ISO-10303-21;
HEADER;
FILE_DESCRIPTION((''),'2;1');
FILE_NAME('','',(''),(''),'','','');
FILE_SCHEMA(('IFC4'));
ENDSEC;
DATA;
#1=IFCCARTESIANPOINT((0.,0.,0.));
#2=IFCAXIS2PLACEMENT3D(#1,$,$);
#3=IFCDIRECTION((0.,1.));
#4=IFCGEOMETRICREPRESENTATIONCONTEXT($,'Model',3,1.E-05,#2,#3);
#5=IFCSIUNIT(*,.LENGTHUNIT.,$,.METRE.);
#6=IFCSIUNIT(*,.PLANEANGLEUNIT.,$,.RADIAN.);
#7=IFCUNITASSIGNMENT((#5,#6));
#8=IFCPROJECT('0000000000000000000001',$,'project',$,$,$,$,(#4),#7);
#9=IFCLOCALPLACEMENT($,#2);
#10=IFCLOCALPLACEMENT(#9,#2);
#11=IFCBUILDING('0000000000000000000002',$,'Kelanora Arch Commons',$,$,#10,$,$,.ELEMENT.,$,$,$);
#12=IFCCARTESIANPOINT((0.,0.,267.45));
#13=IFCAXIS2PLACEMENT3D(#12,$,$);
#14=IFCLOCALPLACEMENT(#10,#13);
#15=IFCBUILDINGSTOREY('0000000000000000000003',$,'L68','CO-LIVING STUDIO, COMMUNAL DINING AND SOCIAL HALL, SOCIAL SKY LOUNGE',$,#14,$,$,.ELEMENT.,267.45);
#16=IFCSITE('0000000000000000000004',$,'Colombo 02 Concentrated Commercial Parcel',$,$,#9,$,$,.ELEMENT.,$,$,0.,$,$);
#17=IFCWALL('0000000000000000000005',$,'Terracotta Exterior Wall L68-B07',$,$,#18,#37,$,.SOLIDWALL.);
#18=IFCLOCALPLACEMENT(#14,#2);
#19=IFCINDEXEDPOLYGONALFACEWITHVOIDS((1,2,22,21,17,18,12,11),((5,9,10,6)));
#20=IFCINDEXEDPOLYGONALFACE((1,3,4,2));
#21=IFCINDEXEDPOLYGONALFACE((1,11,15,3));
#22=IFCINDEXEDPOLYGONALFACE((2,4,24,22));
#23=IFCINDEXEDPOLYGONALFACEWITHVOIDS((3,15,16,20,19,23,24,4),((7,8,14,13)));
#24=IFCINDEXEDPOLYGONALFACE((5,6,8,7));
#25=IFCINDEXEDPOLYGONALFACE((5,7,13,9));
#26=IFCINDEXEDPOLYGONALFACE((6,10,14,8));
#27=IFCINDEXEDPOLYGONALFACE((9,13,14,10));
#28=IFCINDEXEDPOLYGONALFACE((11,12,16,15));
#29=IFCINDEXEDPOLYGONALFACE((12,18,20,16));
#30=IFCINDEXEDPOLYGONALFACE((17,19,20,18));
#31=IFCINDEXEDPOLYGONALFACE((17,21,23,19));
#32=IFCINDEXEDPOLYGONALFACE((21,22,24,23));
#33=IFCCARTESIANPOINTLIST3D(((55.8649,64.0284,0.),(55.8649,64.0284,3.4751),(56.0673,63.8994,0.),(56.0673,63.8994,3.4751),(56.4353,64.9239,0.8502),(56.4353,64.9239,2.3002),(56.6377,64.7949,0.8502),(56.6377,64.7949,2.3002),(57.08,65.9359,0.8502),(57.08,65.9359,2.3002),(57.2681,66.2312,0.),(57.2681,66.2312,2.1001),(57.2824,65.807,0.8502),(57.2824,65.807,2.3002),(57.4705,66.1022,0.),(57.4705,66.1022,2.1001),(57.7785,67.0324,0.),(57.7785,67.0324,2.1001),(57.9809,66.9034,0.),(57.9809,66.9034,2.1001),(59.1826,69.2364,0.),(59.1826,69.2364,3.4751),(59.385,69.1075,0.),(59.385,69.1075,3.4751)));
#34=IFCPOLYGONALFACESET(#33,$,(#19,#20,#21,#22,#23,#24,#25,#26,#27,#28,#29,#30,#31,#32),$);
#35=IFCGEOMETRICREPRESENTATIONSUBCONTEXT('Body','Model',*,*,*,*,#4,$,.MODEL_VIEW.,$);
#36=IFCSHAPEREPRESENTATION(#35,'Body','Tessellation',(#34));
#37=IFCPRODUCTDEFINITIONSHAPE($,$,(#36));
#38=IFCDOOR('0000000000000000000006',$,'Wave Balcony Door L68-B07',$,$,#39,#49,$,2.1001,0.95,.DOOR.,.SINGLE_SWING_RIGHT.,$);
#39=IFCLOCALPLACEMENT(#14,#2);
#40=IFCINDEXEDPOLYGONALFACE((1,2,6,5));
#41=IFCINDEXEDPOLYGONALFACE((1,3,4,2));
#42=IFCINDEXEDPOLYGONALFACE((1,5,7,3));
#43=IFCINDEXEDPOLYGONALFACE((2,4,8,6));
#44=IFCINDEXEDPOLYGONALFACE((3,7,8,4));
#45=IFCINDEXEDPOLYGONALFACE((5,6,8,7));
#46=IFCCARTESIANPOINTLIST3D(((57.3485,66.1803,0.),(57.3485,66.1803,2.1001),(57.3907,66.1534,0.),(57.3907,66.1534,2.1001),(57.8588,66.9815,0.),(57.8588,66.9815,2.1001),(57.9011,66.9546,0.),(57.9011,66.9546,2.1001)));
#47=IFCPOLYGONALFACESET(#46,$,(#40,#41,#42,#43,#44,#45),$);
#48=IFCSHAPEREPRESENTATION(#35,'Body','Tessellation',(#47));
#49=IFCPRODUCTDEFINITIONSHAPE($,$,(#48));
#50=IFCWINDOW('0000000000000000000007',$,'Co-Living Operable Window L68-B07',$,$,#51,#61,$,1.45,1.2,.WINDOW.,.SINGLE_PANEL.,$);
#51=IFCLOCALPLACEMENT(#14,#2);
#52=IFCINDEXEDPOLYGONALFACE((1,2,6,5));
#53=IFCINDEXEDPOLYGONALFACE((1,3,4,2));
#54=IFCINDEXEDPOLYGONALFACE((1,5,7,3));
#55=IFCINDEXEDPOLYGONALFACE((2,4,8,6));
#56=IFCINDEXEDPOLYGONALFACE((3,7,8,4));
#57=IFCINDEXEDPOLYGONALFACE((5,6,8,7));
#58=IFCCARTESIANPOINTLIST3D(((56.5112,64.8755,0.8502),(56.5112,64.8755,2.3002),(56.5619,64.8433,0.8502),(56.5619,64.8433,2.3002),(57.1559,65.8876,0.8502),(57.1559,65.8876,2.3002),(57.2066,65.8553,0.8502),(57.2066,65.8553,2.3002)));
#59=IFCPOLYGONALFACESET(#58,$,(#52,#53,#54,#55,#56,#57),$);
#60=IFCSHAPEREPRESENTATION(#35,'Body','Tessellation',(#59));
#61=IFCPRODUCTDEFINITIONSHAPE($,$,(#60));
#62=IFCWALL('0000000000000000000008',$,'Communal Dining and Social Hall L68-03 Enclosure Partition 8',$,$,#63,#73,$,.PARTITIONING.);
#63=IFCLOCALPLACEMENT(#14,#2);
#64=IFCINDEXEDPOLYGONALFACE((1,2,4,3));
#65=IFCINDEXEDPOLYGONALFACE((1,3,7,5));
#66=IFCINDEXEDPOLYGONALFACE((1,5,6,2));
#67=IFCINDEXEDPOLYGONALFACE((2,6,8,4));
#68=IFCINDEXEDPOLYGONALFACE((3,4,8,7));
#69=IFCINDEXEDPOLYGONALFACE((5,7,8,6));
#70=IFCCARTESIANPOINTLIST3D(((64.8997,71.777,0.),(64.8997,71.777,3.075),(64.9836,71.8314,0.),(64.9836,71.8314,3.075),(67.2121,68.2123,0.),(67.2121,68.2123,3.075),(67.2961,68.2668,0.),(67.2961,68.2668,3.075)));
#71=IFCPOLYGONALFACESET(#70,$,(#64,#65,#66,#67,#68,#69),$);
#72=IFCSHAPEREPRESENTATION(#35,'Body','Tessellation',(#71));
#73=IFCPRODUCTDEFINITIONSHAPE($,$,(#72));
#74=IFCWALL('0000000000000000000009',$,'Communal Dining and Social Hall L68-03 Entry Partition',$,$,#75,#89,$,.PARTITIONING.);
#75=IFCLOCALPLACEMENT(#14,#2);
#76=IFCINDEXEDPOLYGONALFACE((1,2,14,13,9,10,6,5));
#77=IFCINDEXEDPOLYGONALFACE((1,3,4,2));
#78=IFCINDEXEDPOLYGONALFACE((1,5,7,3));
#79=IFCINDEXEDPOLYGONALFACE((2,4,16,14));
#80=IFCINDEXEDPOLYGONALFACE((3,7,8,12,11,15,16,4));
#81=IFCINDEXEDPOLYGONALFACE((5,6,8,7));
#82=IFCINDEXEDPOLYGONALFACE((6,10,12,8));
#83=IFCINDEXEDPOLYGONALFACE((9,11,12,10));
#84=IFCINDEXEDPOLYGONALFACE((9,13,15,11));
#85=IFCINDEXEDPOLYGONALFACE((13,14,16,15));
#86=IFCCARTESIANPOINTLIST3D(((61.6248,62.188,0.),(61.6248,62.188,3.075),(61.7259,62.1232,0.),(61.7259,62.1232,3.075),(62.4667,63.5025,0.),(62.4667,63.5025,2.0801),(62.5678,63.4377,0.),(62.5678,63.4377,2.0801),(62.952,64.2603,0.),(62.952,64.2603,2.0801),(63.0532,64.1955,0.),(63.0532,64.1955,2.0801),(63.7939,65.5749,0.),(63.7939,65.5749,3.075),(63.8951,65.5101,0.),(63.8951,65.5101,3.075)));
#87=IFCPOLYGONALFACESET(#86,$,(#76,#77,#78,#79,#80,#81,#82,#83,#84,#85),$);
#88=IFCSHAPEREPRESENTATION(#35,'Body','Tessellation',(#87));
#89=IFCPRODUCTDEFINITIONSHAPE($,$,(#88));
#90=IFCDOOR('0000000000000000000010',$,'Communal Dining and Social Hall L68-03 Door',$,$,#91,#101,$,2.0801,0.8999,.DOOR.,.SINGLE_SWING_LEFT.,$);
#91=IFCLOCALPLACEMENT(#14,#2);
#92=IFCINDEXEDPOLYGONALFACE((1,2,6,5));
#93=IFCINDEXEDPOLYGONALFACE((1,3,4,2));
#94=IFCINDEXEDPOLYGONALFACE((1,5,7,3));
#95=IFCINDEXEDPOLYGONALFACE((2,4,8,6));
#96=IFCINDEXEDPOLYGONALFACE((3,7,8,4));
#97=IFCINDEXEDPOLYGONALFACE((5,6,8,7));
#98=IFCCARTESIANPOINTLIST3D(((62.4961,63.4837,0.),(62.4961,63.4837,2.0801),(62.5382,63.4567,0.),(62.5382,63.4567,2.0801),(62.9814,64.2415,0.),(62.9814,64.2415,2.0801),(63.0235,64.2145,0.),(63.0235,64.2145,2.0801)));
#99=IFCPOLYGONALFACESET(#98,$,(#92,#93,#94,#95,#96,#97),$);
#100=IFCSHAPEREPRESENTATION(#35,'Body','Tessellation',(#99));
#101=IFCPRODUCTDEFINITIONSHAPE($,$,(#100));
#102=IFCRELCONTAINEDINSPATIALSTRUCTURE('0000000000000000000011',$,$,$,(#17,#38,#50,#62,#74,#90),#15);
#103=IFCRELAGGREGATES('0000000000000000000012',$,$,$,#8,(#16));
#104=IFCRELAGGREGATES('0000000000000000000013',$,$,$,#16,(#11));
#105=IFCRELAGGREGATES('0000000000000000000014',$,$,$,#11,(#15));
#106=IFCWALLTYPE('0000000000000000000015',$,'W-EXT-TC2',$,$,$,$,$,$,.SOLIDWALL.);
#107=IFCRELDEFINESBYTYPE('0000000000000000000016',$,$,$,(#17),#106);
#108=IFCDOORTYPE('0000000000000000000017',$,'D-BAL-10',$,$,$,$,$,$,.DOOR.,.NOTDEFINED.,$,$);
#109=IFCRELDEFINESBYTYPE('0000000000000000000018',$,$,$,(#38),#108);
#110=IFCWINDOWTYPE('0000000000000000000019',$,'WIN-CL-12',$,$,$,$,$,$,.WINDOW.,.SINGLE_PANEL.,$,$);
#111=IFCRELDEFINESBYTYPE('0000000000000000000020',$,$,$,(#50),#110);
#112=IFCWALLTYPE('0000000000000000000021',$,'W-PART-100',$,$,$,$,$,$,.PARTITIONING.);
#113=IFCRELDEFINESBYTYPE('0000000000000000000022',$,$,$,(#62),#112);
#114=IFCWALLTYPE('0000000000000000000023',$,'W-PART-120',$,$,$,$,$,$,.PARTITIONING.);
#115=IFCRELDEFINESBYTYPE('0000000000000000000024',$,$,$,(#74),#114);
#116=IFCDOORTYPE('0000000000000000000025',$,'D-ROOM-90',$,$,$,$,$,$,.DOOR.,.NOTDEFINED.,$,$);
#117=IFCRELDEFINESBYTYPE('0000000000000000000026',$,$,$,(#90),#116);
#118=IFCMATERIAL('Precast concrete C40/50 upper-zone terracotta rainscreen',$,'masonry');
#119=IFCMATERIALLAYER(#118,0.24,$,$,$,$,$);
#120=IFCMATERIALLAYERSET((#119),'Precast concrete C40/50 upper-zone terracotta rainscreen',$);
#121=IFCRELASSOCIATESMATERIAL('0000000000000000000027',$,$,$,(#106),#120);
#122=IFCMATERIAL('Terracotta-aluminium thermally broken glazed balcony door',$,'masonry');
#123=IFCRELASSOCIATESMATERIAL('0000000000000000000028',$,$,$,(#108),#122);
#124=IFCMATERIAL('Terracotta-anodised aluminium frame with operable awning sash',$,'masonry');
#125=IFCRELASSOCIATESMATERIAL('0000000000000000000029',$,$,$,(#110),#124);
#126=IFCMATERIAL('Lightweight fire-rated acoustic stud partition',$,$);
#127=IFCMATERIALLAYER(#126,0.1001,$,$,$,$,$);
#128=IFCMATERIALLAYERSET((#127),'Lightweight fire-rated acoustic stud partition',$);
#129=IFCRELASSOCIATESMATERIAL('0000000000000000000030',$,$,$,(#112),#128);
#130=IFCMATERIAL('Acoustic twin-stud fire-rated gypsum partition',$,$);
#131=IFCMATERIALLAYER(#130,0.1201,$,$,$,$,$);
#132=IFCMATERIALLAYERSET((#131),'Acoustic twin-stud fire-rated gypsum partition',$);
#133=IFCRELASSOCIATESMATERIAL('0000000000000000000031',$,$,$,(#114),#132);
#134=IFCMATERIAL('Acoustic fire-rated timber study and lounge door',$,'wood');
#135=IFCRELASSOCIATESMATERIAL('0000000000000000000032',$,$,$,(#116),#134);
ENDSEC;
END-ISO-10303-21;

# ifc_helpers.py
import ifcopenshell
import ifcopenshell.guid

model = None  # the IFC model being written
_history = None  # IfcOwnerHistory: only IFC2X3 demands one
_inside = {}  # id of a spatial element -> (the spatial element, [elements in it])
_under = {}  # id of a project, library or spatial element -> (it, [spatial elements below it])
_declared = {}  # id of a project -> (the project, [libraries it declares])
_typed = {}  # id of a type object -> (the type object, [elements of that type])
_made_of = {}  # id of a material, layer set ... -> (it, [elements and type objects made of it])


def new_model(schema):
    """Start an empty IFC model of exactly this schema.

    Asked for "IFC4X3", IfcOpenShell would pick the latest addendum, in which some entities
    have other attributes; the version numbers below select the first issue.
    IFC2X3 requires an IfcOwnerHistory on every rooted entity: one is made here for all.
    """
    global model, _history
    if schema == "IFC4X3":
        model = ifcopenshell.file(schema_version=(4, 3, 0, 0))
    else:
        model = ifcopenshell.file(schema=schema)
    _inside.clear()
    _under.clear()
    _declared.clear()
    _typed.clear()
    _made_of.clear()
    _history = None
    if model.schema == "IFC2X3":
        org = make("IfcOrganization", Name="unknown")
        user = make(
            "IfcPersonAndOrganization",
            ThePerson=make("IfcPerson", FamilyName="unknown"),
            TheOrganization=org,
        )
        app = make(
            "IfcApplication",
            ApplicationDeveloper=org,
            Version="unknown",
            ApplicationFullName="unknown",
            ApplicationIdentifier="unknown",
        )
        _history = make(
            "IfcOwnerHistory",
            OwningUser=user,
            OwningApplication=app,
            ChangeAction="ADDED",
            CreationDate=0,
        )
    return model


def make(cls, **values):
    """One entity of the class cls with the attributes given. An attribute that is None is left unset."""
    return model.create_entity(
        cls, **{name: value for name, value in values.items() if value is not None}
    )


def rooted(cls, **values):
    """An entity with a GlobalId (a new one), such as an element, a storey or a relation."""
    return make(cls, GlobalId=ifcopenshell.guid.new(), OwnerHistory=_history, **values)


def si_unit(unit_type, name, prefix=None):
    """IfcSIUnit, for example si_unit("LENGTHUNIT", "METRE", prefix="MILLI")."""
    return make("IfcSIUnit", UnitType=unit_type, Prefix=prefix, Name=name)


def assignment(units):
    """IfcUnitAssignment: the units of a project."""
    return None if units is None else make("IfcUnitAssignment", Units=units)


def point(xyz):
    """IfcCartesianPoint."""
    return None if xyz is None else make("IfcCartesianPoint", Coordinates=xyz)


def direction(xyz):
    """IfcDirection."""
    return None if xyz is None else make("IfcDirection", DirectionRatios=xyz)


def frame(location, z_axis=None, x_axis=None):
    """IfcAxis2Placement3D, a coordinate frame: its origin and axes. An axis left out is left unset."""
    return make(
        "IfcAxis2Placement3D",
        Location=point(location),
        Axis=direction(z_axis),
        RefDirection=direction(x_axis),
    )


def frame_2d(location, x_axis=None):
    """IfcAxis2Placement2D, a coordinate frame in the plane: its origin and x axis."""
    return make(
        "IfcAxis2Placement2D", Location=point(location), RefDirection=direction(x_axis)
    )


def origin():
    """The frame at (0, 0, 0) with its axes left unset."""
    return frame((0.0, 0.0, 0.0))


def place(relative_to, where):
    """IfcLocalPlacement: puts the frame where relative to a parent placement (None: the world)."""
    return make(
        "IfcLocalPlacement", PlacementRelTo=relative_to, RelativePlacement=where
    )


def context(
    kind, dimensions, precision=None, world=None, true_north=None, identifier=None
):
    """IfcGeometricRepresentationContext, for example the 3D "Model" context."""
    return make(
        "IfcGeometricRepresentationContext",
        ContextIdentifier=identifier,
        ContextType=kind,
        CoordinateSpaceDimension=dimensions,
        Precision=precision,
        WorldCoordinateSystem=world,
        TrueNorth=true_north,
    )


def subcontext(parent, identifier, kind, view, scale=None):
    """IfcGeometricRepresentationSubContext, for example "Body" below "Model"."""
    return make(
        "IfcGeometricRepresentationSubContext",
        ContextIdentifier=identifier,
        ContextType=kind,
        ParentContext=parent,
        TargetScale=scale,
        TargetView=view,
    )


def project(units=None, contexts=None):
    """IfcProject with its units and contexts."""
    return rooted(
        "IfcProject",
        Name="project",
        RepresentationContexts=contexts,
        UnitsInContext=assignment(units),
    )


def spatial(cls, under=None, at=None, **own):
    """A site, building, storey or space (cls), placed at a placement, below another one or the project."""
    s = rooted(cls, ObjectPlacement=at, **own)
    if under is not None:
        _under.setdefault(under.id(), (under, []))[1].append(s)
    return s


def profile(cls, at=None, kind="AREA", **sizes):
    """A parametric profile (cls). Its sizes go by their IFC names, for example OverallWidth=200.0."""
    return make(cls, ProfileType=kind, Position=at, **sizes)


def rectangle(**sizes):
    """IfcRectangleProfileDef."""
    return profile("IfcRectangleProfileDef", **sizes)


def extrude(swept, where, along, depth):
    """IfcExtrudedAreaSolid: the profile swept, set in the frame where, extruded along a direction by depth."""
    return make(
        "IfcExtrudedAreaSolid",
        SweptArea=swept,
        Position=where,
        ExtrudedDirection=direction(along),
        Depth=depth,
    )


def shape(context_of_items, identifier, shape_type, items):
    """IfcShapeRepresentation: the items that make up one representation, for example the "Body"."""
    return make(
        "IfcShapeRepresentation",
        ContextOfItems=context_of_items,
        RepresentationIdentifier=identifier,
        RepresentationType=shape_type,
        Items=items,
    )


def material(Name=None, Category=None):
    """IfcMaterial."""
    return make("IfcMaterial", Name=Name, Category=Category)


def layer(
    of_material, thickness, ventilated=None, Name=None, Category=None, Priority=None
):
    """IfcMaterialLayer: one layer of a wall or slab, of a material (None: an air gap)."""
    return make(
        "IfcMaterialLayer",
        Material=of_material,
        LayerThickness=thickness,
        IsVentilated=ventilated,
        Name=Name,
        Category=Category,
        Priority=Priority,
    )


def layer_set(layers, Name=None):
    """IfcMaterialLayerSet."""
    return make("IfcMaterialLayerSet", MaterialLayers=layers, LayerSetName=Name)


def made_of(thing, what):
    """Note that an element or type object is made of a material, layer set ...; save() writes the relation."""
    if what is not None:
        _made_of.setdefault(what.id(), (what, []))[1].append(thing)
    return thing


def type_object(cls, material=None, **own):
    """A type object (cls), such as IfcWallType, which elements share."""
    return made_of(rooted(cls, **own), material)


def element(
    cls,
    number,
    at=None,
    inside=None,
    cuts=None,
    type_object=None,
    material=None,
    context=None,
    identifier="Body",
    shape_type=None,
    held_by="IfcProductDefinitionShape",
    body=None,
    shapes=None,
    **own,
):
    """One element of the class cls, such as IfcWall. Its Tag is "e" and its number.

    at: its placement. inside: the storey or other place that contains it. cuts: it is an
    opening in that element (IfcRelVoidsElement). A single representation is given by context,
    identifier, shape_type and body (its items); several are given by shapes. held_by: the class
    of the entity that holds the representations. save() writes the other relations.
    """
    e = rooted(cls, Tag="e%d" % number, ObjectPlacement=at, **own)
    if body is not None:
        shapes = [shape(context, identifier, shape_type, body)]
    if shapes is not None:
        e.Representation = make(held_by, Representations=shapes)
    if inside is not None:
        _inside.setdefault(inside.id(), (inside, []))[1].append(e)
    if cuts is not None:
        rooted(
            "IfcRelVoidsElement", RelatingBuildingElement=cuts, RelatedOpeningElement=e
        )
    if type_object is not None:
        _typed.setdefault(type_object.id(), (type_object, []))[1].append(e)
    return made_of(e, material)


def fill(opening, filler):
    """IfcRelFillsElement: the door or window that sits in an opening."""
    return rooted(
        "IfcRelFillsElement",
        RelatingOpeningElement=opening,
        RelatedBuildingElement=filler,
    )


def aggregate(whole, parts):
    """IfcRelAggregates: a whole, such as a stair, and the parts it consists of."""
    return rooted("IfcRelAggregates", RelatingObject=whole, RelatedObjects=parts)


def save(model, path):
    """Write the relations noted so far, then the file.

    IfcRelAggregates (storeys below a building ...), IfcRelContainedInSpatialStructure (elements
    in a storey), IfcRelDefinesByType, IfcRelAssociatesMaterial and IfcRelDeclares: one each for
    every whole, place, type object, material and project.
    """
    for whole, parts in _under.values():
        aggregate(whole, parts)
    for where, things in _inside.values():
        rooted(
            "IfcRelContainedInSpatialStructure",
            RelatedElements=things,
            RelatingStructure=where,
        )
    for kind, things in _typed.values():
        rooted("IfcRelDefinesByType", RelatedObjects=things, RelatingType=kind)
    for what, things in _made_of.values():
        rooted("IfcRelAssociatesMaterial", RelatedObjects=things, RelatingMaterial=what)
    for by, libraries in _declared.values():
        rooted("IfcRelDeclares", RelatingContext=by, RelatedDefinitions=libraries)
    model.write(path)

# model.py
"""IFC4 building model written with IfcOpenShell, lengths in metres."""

from ifc_helpers import new_model, si_unit, direction, frame, frame_2d, origin, place, context, subcontext, project, spatial, rectangle, extrude, material, layer, layer_set, type_object, element, fill, save


model = new_model("IFC4")

# Units and contexts
model_context = context("Model", 3, precision=1e-05, world=origin(), true_north=direction((0.0, 1.0)))
body_context = subcontext(model_context, "Body", "Model", "MODEL_VIEW")
ifc_project = project(units=[si_unit("LENGTHUNIT", "METRE"), si_unit("PLANEANGLEUNIT", "RADIAN")], contexts=[model_context])

# Site, building, storey
site_placement = place(None, origin())
site = spatial("IfcSite", under=ifc_project, at=site_placement, Name="Colombo 02 Concentrated Commercial Parcel", CompositionType="ELEMENT", RefElevation=0.0)
building_placement = place(site_placement, origin())
building = spatial("IfcBuilding", under=site, at=building_placement, Name="Kelanora Arch Commons", CompositionType="ELEMENT")
storey_placement = place(building_placement, frame((0.0, 0.0, 267.45)))
storey = spatial("IfcBuildingStorey", under=building, at=storey_placement, Name="L68", Description="CO-LIVING STUDIO, COMMUNAL DINING AND SOCIAL HALL, SOCIAL SKY LOUNGE", CompositionType="ELEMENT", Elevation=267.45)

# Shared definitions
ifc_material_1 = material(Name="Precast concrete C40/50 upper-zone terracotta rainscreen", Category="masonry")
ifc_layer_1 = layer(ifc_material_1, 0.24)
ifc_layer_set_1 = layer_set([ifc_layer_1], Name="Precast concrete C40/50 upper-zone terracotta rainscreen")
wall_type_1 = type_object("IfcWallType", Name="W-EXT-TC2", PredefinedType="SOLIDWALL", material=ifc_layer_set_1)

# Wall, openings, door, window
wall_1_placement = place(storey_placement, frame((59.2837, 69.1719, 0.0), z_axis=(0.0, 0.0, 1.0), x_axis=(-0.537272, -0.843409, 0.0)))
wall_1 = element("IfcWall", 1, at=wall_1_placement, inside=storey, type_object=wall_type_1, Name="Terracotta Exterior Wall L68-B07", PredefinedType="SOLIDWALL", context=body_context, shape_type="SweptSolid", body=[
    extrude(rectangle(XDim=6.175, YDim=0.24, at=frame_2d((3.0874, 0.0))), origin(), (0.0, 0.0, 1.0), 3.4751),
])
opening_1_placement = place(wall_1_placement, frame((2.613, 0.0, 0.0)))
opening_1 = element("IfcOpeningElement", 2, at=opening_1_placement, cuts=wall_1, PredefinedType="OPENING", context=body_context, shape_type="SweptSolid", body=[
    extrude(rectangle(XDim=0.95, YDim=2.1001, at=frame_2d((0.4751, 1.05))), frame((0.0, 0.1299, 0.0), z_axis=(0.0, -1.0, 0.0), x_axis=(1.0, 0.0, 0.0)), (0.0, 0.0, 1.0), 0.26),
])
opening_2_placement = place(wall_1_placement, frame((3.9131, 0.0, 0.8501)))
opening_2 = element("IfcOpeningElement", 3, at=opening_2_placement, cuts=wall_1, PredefinedType="OPENING", context=body_context, shape_type="SweptSolid", body=[
    extrude(rectangle(XDim=1.2, YDim=1.45, at=frame_2d((0.6001, 0.7251))), frame((0.0, 0.1299, 0.0), z_axis=(0.0, -1.0, 0.0), x_axis=(1.0, 0.0, 0.0)), (0.0, 0.0, 1.0), 0.26),
])
ifc_material_2 = material(Name="Terracotta-aluminium thermally broken glazed balcony door", Category="masonry")
door_type_1 = type_object("IfcDoorType", Name="D-BAL-10", OperationType="NOTDEFINED", PredefinedType="DOOR", material=ifc_material_2)
door_1_placement = place(opening_1_placement, frame((0.95, 0.0, 0.0), z_axis=(0.0, 0.0, 1.0), x_axis=(-1.0, 0.0, 0.0)))
door_1 = element("IfcDoor", 4, at=door_1_placement, inside=storey, type_object=door_type_1, Name="Wave Balcony Door L68-B07", OperationType="SINGLE_SWING_RIGHT", OverallHeight=2.1001, OverallWidth=0.95, PredefinedType="DOOR", context=body_context, shape_type="SweptSolid", body=[
    extrude(rectangle(XDim=0.95, YDim=2.1001, at=frame_2d((0.4751, 1.05))), frame((0.0, 0.0249, 0.0), z_axis=(0.0, -1.0, 0.0), x_axis=(1.0, 0.0, 0.0)), (0.0, 0.0, 1.0), 0.05),
])
fill(opening_1, door_1)
ifc_material_3 = material(Name="Terracotta-anodised aluminium frame with operable awning sash", Category="masonry")
window_type_1 = type_object("IfcWindowType", Name="WIN-CL-12", PartitioningType="SINGLE_PANEL", PredefinedType="WINDOW", material=ifc_material_3)
window_1_placement = place(opening_2_placement, origin())
window_1 = element("IfcWindow", 5, at=window_1_placement, inside=storey, type_object=window_type_1, Name="Co-Living Operable Window L68-B07", OverallHeight=1.45, OverallWidth=1.2, PartitioningType="SINGLE_PANEL", PredefinedType="WINDOW", context=body_context, shape_type="SweptSolid", body=[
    extrude(rectangle(XDim=1.2, YDim=1.45, at=frame_2d((0.6001, 0.7251))), frame((0.0, 0.03, 0.0), z_axis=(0.0, -1.0, 0.0), x_axis=(1.0, 0.0, 0.0)), (0.0, 0.0, 1.0), 0.0601),
])
fill(opening_2, window_1)

# Wall
ifc_material_4 = material(Name="Lightweight fire-rated acoustic stud partition")
ifc_layer_2 = layer(ifc_material_4, 0.1001)
ifc_layer_set_2 = layer_set([ifc_layer_2], Name="Lightweight fire-rated acoustic stud partition")
wall_type_2 = type_object("IfcWallType", Name="W-PART-100", PredefinedType="PARTITIONING", material=ifc_layer_set_2)
wall_2_placement = place(storey_placement, frame((64.9417, 71.8042, 0.0), z_axis=(0.0, 0.0, 1.0), x_axis=(0.544235, -0.838933, 0.0)))
element("IfcWall", 6, at=wall_2_placement, inside=storey, type_object=wall_type_2, Name="Communal Dining and Social Hall L68-03 Enclosure Partition 8", PredefinedType="PARTITIONING", context=body_context, shape_type="SweptSolid", body=[
    extrude(rectangle(XDim=4.249, YDim=0.1001, at=frame_2d((2.1245, 0.0))), origin(), (0.0, 0.0, 1.0), 3.075),
])

# Wall, opening, door
ifc_material_5 = material(Name="Acoustic twin-stud fire-rated gypsum partition")
ifc_layer_3 = layer(ifc_material_5, 0.1201)
ifc_layer_set_3 = layer_set([ifc_layer_3], Name="Acoustic twin-stud fire-rated gypsum partition")
wall_type_3 = type_object("IfcWallType", Name="W-PART-120", PredefinedType="PARTITIONING", material=ifc_layer_set_3)
wall_3_placement = place(storey_placement, frame((63.8445, 65.5425, 0.0), z_axis=(0.0, 0.0, 1.0), x_axis=(-0.539324, -0.842098, 0.0)))
wall_3 = element("IfcWall", 7, at=wall_3_placement, inside=storey, type_object=wall_type_3, Name="Communal Dining and Social Hall L68-03 Entry Partition", PredefinedType="PARTITIONING", context=body_context, shape_type="SweptSolid", body=[
    extrude(rectangle(XDim=4.022, YDim=0.1201, at=frame_2d((2.011, 0.0))), origin(), (0.0, 0.0, 1.0), 3.075),
])
opening_3_placement = place(wall_3_placement, frame((1.561, 0.0, 0.0)))
opening_3 = element("IfcOpeningElement", 8, at=opening_3_placement, cuts=wall_3, PredefinedType="OPENING", context=body_context, shape_type="SweptSolid", body=[
    extrude(rectangle(XDim=0.8999, YDim=2.0801, at=frame_2d((0.45, 1.04))), frame((0.0, 0.0701, 0.0), z_axis=(0.0, -1.0, 0.0), x_axis=(1.0, 0.0, 0.0)), (0.0, 0.0, 1.0), 0.1401),
])
ifc_material_6 = material(Name="Acoustic fire-rated timber study and lounge door", Category="wood")
door_type_2 = type_object("IfcDoorType", Name="D-ROOM-90", OperationType="NOTDEFINED", PredefinedType="DOOR", material=ifc_material_6)
door_2_placement = place(opening_3_placement, origin())
door_2 = element("IfcDoor", 9, at=door_2_placement, inside=storey, type_object=door_type_2, Name="Communal Dining and Social Hall L68-03 Door", OperationType="SINGLE_SWING_LEFT", OverallHeight=2.0801, OverallWidth=0.8999, PredefinedType="DOOR", context=body_context, shape_type="SweptSolid", body=[
    extrude(rectangle(XDim=0.8999, YDim=2.0801, at=frame_2d((0.45, 1.04))), frame((0.0, 0.0249, 0.0), z_axis=(0.0, -1.0, 0.0), x_axis=(1.0, 0.0, 0.0)), (0.0, 0.0, 1.0), 0.05),
])
fill(opening_3, door_2)

save(model, "model.ifc")
